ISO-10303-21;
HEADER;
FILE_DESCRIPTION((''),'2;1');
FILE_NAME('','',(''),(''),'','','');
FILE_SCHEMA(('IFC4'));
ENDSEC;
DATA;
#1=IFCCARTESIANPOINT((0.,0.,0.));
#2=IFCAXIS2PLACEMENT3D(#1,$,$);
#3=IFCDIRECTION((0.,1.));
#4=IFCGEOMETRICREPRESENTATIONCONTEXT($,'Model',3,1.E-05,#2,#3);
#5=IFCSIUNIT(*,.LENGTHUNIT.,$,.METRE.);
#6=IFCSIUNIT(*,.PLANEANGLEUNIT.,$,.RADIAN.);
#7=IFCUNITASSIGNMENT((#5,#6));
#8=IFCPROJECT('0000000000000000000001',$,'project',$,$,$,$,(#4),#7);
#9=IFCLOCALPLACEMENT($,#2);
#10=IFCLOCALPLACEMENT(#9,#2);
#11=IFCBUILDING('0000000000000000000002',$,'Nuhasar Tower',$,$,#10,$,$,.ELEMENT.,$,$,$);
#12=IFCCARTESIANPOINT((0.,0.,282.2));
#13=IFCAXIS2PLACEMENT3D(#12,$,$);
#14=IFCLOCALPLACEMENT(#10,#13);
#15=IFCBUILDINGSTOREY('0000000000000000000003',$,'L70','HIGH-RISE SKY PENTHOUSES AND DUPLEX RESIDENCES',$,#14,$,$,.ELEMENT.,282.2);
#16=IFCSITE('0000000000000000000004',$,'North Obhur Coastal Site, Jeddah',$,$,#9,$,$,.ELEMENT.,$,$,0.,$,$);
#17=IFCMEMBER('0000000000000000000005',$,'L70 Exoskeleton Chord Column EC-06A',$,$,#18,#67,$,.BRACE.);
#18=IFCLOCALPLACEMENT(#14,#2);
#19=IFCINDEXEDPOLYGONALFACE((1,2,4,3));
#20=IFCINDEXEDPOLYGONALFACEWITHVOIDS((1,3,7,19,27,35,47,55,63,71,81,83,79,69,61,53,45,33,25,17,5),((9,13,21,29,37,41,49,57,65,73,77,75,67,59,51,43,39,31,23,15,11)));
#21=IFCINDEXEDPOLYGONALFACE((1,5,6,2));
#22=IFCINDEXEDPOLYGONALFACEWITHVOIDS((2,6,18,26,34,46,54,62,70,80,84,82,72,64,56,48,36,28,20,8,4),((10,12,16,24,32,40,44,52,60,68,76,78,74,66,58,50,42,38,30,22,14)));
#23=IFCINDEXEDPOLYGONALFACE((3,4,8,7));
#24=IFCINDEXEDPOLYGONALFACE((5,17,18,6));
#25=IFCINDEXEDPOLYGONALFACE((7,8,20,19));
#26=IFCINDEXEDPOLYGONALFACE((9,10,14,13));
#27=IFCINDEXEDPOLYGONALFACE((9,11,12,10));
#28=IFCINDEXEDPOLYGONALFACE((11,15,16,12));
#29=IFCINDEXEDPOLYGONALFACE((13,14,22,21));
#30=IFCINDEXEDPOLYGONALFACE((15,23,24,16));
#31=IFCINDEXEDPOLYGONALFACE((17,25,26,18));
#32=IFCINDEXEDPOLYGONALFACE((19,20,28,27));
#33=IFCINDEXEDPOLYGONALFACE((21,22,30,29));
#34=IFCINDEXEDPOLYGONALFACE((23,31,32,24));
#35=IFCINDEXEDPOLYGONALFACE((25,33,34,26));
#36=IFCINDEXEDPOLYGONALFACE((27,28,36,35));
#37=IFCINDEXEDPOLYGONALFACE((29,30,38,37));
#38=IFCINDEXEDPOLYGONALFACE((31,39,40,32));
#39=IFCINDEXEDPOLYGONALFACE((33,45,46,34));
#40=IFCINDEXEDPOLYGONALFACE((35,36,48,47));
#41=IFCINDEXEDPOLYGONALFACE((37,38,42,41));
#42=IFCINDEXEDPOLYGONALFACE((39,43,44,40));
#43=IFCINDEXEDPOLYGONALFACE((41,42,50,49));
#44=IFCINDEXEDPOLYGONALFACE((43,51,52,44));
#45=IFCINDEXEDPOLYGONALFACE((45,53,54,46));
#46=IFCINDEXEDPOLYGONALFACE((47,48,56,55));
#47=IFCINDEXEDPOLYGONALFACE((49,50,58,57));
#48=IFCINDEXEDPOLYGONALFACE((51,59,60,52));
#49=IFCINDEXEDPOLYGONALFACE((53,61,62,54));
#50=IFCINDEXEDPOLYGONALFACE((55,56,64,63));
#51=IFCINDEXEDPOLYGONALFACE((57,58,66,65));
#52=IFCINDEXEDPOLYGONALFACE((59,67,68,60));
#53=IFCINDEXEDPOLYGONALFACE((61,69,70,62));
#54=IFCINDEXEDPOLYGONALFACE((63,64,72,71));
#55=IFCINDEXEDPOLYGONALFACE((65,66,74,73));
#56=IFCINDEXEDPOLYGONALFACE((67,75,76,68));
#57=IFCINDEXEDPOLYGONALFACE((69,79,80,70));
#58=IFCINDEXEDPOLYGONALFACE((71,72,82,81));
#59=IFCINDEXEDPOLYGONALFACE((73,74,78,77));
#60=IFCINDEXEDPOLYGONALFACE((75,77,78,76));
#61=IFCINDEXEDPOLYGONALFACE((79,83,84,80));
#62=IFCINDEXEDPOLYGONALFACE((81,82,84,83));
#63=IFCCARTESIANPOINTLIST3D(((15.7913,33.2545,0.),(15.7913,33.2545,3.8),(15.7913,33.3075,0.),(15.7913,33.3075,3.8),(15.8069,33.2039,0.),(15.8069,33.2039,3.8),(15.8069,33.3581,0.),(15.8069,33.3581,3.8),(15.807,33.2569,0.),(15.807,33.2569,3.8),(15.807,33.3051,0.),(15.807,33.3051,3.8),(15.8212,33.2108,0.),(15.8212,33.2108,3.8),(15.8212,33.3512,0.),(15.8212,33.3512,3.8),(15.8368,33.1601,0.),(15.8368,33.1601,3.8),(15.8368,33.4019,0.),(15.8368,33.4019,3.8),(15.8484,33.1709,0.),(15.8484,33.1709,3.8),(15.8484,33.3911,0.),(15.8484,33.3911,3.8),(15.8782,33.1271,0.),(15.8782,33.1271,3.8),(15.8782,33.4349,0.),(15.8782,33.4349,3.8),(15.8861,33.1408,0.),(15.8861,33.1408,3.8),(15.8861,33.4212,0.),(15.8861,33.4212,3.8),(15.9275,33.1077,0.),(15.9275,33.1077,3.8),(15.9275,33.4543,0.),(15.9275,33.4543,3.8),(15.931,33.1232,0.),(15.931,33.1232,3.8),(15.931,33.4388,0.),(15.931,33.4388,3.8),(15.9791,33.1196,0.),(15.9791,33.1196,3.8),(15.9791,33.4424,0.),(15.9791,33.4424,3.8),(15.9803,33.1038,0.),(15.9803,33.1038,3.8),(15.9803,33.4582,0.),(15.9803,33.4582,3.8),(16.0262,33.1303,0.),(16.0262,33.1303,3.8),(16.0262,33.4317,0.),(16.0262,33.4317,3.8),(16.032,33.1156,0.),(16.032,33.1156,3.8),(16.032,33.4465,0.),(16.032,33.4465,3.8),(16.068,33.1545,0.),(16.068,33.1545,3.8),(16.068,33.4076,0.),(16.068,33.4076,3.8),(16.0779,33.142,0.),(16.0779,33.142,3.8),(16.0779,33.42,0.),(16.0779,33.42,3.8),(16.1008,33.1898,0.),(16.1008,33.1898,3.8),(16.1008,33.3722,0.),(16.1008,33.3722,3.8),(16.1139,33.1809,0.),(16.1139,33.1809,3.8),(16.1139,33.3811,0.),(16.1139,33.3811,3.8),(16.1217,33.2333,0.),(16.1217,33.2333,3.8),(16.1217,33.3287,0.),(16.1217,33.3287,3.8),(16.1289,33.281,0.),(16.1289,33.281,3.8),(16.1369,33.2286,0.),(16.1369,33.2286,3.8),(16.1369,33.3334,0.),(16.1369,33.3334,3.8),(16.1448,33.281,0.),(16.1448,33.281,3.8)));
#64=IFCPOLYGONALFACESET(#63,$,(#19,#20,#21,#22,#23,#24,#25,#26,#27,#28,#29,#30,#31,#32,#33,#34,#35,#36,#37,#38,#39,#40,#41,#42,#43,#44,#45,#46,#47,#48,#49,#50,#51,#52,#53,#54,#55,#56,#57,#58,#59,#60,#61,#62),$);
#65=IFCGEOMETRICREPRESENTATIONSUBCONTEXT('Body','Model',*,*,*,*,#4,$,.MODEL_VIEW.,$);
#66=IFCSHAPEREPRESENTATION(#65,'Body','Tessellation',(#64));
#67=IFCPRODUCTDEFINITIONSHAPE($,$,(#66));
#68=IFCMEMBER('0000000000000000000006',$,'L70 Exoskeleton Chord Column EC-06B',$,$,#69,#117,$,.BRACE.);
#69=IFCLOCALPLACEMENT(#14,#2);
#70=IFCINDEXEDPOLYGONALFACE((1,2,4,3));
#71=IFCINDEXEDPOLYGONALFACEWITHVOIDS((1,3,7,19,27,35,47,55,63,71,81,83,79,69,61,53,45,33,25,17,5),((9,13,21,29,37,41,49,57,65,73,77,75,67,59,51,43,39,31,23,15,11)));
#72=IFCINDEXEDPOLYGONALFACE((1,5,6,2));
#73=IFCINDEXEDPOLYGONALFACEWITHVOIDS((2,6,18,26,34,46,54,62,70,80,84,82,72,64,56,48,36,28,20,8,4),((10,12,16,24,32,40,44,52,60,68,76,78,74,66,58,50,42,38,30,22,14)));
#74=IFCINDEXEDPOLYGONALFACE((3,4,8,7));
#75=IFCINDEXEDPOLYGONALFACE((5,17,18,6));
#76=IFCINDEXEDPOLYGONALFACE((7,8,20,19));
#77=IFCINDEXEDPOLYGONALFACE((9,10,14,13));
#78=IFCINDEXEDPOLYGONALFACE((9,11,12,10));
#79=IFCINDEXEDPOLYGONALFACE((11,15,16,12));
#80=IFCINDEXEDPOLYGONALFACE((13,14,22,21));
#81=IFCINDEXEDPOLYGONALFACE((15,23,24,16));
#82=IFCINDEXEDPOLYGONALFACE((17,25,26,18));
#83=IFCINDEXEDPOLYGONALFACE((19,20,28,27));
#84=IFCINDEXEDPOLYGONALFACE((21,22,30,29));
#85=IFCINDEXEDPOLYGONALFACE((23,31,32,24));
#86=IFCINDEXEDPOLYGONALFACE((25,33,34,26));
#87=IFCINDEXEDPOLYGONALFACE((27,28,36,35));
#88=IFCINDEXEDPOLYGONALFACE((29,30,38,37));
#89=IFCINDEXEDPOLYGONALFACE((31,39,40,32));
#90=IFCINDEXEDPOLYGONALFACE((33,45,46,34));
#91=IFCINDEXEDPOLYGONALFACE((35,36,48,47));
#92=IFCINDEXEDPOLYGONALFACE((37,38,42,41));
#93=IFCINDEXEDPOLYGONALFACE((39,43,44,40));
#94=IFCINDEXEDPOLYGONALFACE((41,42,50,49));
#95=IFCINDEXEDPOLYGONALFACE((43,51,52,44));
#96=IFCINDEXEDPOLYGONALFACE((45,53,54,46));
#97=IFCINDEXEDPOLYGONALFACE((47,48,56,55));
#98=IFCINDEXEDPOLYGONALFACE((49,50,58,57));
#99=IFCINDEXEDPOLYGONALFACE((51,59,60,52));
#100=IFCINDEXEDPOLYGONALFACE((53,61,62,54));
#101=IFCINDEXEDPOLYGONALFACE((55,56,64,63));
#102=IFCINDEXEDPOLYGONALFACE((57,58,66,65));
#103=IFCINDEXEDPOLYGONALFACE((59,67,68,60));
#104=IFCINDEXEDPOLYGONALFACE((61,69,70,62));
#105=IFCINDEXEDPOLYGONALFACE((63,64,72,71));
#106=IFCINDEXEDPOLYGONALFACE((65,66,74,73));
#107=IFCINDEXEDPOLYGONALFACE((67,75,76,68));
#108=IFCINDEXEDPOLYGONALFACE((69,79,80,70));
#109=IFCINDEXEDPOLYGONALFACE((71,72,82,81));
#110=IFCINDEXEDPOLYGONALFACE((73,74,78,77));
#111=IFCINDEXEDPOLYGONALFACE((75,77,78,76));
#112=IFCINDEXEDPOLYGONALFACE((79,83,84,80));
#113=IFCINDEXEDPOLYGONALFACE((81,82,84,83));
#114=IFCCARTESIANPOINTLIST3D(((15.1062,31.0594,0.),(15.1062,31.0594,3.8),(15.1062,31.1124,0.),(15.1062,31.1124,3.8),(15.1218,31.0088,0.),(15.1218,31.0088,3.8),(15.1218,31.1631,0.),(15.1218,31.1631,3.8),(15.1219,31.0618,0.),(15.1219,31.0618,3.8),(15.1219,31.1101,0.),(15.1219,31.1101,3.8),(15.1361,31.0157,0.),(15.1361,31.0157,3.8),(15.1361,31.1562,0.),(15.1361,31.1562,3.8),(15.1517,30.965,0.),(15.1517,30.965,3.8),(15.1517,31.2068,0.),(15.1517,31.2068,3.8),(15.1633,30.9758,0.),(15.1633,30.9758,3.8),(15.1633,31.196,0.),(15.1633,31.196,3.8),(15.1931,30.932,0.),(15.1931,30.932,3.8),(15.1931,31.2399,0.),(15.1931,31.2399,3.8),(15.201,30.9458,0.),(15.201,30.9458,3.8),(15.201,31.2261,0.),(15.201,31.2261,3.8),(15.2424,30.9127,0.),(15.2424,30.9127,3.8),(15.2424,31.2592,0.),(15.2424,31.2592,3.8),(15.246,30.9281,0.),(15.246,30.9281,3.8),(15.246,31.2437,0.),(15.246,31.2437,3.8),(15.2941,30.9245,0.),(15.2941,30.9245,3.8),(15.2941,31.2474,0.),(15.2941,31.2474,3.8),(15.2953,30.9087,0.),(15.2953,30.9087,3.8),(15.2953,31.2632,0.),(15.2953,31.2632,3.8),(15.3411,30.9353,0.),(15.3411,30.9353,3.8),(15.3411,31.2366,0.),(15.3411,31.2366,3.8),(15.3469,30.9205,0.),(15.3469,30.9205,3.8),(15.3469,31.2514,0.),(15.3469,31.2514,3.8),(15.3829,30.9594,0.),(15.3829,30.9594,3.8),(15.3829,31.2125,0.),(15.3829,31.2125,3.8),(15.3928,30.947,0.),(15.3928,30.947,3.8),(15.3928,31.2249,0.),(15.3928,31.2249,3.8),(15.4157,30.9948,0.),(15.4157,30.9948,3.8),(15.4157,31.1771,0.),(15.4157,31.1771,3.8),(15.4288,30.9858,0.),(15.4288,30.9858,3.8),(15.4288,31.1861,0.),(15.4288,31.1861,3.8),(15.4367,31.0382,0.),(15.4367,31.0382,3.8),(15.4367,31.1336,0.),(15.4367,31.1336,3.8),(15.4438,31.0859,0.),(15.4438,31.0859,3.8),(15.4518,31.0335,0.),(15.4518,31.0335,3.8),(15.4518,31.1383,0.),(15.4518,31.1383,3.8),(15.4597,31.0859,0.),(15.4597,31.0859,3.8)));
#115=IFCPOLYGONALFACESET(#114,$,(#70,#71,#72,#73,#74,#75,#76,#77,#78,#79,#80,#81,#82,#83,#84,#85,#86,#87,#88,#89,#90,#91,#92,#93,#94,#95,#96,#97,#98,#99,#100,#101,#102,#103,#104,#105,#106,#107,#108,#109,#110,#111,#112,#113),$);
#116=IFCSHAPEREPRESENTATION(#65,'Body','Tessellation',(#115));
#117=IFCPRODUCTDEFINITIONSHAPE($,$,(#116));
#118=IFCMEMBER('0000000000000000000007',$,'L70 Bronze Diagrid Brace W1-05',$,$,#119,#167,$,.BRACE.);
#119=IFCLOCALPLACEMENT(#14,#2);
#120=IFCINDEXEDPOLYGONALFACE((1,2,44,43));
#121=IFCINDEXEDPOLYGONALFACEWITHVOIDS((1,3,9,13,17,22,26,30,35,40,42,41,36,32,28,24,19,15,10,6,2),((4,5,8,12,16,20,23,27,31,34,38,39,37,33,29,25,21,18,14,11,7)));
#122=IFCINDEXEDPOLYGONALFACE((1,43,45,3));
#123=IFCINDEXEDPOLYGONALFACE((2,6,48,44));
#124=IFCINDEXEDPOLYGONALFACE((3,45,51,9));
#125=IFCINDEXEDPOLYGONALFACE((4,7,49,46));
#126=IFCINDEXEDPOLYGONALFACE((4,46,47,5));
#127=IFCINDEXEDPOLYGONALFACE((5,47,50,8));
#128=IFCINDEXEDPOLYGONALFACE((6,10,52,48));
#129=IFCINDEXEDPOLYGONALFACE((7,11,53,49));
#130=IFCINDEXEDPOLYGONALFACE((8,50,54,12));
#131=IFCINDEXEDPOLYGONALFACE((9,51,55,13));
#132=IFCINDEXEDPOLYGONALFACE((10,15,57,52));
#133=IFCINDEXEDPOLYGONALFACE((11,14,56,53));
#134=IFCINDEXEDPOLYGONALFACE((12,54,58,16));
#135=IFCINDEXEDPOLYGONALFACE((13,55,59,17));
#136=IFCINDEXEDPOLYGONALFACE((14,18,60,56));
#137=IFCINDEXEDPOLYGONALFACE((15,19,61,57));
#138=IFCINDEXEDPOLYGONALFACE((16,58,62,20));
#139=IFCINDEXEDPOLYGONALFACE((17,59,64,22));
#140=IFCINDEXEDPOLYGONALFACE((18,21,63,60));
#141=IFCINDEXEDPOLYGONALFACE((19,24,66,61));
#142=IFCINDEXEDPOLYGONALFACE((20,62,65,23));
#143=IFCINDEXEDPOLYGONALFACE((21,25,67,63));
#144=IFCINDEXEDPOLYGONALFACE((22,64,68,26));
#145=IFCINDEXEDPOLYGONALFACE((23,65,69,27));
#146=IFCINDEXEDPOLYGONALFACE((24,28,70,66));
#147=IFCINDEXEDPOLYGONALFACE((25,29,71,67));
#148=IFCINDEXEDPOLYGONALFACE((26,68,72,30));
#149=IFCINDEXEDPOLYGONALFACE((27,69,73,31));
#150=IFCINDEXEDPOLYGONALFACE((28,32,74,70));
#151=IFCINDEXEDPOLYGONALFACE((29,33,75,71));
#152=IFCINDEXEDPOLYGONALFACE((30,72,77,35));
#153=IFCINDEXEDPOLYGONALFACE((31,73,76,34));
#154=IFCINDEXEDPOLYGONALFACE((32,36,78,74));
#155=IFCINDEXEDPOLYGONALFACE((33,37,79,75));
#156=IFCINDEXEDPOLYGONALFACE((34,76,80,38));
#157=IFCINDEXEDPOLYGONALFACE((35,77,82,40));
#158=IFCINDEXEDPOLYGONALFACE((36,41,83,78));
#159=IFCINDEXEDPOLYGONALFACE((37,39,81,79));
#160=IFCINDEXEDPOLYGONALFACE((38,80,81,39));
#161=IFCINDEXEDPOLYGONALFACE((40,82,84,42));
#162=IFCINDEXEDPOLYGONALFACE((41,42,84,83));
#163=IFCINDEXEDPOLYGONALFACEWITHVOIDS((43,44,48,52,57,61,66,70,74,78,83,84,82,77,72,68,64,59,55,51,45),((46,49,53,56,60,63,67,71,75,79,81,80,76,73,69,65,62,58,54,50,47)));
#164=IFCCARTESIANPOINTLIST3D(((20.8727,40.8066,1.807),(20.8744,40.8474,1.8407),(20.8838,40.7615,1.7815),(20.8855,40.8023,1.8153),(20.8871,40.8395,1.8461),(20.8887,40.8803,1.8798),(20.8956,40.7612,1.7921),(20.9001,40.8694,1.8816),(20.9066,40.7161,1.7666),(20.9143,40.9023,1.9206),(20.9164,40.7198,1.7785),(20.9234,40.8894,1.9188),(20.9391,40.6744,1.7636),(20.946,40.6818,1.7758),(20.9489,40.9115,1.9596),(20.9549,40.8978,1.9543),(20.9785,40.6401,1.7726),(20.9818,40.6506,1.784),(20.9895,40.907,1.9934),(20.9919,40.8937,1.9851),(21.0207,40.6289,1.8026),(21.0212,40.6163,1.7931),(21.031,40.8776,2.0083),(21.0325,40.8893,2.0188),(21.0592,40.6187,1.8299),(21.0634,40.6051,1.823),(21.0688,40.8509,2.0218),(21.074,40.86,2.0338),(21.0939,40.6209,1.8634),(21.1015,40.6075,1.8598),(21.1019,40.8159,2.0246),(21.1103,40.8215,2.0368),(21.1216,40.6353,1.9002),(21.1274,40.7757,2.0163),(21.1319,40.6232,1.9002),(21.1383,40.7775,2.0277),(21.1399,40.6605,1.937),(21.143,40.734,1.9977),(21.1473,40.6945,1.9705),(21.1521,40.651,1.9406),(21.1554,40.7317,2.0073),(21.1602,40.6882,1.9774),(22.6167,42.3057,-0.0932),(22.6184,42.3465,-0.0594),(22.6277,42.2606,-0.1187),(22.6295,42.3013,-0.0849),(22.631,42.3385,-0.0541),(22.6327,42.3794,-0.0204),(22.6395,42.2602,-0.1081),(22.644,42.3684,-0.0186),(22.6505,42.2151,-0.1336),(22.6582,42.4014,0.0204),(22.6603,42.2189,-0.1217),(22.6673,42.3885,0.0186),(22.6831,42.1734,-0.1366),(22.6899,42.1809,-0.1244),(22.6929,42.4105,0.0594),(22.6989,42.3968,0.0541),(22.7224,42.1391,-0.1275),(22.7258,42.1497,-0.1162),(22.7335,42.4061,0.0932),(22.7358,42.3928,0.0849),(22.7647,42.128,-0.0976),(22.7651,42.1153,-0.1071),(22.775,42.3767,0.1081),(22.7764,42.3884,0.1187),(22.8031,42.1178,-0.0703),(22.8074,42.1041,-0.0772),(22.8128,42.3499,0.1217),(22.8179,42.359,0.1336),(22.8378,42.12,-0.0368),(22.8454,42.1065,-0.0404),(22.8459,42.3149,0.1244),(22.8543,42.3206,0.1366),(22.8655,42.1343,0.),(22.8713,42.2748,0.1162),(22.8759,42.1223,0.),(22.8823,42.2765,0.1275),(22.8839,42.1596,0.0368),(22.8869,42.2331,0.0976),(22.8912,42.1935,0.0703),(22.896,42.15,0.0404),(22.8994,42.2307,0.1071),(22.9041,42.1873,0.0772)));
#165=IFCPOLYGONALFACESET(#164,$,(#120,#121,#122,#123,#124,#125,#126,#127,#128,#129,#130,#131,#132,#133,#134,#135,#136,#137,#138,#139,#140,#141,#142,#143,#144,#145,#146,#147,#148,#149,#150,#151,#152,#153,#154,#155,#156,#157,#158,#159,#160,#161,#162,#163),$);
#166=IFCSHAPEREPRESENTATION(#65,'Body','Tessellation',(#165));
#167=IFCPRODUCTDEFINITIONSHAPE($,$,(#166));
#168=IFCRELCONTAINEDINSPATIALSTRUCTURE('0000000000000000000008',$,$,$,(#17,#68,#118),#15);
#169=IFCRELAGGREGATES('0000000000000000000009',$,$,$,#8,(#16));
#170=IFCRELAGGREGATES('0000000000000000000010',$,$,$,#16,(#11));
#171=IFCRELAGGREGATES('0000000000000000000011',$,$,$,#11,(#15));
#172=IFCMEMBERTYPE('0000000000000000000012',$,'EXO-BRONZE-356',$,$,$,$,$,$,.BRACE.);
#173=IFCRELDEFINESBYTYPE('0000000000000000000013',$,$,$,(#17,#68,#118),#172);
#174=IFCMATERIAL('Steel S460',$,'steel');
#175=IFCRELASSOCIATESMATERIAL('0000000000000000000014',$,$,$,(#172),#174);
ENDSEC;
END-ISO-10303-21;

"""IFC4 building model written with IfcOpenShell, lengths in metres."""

from ifc_helpers import new_model, si_unit, direction, frame, origin, origin_2d, place, context, subcontext, project, spatial, hollow_circle, extrude, material, material_profile, profile_set, type_object, element, save


model = new_model("IFC4")

# Units and contexts
model_context = context("Model", 3, precision=1e-05, world=origin(), true_north=direction((0.0, 1.0)))
body_context = subcontext(model_context, "Body", "Model", "MODEL_VIEW")
ifc_project = project(units=[si_unit("LENGTHUNIT", "METRE"), si_unit("PLANEANGLEUNIT", "RADIAN")], contexts=[model_context])

# Site, building, storey
site_placement = place(None, origin())
site = spatial("IfcSite", under=ifc_project, at=site_placement, Name="North Obhur Coastal Site, Jeddah", CompositionType="ELEMENT", RefElevation=0.0)
building_placement = place(site_placement, origin())
building = spatial("IfcBuilding", under=site, at=building_placement, Name="Nuhasar Tower", CompositionType="ELEMENT")
storey_placement = place(building_placement, frame((0.0, 0.0, 282.2)))
storey = spatial("IfcBuildingStorey", under=building, at=storey_placement, Name="L70", Description="HIGH-RISE SKY PENTHOUSES AND DUPLEX RESIDENCES", CompositionType="ELEMENT", Elevation=282.2)

# Members
ifc_material_1 = material(Name="Steel S460", Category="steel")
ifc_material_profile_1 = material_profile(ifc_material_1, hollow_circle(Radius=0.1777, WallThickness=0.0159, at=origin_2d()), Name="HSS355.6X15.9")
ifc_profile_set_1 = profile_set([ifc_material_profile_1], Name="Steel S460")
member_type_1 = type_object("IfcMemberType", Name="EXO-BRONZE-356", PredefinedType="BRACE", material=ifc_profile_set_1)
for number, where, z_axis, x_axis, name in (
    (1, (15.967, 33.281, 0.0), (0.0, 0.0, 1.0), (1.0, 0.0, 0.0), "L70 Exoskeleton Chord Column EC-06A"),
    (2, (15.282, 31.0859, 0.0), (0.0, 0.0, 1.0), (1.0, 0.0, 0.0), "L70 Exoskeleton Chord Column EC-06B"),
):
    element("IfcMember", number, at=place(storey_placement, frame(where, z_axis=z_axis, x_axis=x_axis)), inside=storey, type_object=member_type_1, Name=name, PredefinedType="BRACE", context=body_context, shape_type="SweptSolid", body=[
        extrude(hollow_circle(Radius=0.1777, WallThickness=0.0159, at=origin_2d()), origin(), (0.0, 0.0, 1.0), 3.8),
    ])
member_1_placement = place(storey_placement, frame((22.76, 42.2571, 0.0), z_axis=(-0.584595, -0.502508, 0.636973), x_axis=(0.651857, -0.758342, 0.0)))
element("IfcMember", 3, at=member_1_placement, inside=storey, type_object=member_type_1, Name="L70 Bronze Diagrid Brace W1-05", PredefinedType="BRACE", context=body_context, shape_type="SweptSolid", body=[
    extrude(hollow_circle(Radius=0.1777, WallThickness=0.0159, at=origin_2d()), origin(), (0.0, 0.0, 1.0), 2.9832),
])

save(model, "model.ifc")
